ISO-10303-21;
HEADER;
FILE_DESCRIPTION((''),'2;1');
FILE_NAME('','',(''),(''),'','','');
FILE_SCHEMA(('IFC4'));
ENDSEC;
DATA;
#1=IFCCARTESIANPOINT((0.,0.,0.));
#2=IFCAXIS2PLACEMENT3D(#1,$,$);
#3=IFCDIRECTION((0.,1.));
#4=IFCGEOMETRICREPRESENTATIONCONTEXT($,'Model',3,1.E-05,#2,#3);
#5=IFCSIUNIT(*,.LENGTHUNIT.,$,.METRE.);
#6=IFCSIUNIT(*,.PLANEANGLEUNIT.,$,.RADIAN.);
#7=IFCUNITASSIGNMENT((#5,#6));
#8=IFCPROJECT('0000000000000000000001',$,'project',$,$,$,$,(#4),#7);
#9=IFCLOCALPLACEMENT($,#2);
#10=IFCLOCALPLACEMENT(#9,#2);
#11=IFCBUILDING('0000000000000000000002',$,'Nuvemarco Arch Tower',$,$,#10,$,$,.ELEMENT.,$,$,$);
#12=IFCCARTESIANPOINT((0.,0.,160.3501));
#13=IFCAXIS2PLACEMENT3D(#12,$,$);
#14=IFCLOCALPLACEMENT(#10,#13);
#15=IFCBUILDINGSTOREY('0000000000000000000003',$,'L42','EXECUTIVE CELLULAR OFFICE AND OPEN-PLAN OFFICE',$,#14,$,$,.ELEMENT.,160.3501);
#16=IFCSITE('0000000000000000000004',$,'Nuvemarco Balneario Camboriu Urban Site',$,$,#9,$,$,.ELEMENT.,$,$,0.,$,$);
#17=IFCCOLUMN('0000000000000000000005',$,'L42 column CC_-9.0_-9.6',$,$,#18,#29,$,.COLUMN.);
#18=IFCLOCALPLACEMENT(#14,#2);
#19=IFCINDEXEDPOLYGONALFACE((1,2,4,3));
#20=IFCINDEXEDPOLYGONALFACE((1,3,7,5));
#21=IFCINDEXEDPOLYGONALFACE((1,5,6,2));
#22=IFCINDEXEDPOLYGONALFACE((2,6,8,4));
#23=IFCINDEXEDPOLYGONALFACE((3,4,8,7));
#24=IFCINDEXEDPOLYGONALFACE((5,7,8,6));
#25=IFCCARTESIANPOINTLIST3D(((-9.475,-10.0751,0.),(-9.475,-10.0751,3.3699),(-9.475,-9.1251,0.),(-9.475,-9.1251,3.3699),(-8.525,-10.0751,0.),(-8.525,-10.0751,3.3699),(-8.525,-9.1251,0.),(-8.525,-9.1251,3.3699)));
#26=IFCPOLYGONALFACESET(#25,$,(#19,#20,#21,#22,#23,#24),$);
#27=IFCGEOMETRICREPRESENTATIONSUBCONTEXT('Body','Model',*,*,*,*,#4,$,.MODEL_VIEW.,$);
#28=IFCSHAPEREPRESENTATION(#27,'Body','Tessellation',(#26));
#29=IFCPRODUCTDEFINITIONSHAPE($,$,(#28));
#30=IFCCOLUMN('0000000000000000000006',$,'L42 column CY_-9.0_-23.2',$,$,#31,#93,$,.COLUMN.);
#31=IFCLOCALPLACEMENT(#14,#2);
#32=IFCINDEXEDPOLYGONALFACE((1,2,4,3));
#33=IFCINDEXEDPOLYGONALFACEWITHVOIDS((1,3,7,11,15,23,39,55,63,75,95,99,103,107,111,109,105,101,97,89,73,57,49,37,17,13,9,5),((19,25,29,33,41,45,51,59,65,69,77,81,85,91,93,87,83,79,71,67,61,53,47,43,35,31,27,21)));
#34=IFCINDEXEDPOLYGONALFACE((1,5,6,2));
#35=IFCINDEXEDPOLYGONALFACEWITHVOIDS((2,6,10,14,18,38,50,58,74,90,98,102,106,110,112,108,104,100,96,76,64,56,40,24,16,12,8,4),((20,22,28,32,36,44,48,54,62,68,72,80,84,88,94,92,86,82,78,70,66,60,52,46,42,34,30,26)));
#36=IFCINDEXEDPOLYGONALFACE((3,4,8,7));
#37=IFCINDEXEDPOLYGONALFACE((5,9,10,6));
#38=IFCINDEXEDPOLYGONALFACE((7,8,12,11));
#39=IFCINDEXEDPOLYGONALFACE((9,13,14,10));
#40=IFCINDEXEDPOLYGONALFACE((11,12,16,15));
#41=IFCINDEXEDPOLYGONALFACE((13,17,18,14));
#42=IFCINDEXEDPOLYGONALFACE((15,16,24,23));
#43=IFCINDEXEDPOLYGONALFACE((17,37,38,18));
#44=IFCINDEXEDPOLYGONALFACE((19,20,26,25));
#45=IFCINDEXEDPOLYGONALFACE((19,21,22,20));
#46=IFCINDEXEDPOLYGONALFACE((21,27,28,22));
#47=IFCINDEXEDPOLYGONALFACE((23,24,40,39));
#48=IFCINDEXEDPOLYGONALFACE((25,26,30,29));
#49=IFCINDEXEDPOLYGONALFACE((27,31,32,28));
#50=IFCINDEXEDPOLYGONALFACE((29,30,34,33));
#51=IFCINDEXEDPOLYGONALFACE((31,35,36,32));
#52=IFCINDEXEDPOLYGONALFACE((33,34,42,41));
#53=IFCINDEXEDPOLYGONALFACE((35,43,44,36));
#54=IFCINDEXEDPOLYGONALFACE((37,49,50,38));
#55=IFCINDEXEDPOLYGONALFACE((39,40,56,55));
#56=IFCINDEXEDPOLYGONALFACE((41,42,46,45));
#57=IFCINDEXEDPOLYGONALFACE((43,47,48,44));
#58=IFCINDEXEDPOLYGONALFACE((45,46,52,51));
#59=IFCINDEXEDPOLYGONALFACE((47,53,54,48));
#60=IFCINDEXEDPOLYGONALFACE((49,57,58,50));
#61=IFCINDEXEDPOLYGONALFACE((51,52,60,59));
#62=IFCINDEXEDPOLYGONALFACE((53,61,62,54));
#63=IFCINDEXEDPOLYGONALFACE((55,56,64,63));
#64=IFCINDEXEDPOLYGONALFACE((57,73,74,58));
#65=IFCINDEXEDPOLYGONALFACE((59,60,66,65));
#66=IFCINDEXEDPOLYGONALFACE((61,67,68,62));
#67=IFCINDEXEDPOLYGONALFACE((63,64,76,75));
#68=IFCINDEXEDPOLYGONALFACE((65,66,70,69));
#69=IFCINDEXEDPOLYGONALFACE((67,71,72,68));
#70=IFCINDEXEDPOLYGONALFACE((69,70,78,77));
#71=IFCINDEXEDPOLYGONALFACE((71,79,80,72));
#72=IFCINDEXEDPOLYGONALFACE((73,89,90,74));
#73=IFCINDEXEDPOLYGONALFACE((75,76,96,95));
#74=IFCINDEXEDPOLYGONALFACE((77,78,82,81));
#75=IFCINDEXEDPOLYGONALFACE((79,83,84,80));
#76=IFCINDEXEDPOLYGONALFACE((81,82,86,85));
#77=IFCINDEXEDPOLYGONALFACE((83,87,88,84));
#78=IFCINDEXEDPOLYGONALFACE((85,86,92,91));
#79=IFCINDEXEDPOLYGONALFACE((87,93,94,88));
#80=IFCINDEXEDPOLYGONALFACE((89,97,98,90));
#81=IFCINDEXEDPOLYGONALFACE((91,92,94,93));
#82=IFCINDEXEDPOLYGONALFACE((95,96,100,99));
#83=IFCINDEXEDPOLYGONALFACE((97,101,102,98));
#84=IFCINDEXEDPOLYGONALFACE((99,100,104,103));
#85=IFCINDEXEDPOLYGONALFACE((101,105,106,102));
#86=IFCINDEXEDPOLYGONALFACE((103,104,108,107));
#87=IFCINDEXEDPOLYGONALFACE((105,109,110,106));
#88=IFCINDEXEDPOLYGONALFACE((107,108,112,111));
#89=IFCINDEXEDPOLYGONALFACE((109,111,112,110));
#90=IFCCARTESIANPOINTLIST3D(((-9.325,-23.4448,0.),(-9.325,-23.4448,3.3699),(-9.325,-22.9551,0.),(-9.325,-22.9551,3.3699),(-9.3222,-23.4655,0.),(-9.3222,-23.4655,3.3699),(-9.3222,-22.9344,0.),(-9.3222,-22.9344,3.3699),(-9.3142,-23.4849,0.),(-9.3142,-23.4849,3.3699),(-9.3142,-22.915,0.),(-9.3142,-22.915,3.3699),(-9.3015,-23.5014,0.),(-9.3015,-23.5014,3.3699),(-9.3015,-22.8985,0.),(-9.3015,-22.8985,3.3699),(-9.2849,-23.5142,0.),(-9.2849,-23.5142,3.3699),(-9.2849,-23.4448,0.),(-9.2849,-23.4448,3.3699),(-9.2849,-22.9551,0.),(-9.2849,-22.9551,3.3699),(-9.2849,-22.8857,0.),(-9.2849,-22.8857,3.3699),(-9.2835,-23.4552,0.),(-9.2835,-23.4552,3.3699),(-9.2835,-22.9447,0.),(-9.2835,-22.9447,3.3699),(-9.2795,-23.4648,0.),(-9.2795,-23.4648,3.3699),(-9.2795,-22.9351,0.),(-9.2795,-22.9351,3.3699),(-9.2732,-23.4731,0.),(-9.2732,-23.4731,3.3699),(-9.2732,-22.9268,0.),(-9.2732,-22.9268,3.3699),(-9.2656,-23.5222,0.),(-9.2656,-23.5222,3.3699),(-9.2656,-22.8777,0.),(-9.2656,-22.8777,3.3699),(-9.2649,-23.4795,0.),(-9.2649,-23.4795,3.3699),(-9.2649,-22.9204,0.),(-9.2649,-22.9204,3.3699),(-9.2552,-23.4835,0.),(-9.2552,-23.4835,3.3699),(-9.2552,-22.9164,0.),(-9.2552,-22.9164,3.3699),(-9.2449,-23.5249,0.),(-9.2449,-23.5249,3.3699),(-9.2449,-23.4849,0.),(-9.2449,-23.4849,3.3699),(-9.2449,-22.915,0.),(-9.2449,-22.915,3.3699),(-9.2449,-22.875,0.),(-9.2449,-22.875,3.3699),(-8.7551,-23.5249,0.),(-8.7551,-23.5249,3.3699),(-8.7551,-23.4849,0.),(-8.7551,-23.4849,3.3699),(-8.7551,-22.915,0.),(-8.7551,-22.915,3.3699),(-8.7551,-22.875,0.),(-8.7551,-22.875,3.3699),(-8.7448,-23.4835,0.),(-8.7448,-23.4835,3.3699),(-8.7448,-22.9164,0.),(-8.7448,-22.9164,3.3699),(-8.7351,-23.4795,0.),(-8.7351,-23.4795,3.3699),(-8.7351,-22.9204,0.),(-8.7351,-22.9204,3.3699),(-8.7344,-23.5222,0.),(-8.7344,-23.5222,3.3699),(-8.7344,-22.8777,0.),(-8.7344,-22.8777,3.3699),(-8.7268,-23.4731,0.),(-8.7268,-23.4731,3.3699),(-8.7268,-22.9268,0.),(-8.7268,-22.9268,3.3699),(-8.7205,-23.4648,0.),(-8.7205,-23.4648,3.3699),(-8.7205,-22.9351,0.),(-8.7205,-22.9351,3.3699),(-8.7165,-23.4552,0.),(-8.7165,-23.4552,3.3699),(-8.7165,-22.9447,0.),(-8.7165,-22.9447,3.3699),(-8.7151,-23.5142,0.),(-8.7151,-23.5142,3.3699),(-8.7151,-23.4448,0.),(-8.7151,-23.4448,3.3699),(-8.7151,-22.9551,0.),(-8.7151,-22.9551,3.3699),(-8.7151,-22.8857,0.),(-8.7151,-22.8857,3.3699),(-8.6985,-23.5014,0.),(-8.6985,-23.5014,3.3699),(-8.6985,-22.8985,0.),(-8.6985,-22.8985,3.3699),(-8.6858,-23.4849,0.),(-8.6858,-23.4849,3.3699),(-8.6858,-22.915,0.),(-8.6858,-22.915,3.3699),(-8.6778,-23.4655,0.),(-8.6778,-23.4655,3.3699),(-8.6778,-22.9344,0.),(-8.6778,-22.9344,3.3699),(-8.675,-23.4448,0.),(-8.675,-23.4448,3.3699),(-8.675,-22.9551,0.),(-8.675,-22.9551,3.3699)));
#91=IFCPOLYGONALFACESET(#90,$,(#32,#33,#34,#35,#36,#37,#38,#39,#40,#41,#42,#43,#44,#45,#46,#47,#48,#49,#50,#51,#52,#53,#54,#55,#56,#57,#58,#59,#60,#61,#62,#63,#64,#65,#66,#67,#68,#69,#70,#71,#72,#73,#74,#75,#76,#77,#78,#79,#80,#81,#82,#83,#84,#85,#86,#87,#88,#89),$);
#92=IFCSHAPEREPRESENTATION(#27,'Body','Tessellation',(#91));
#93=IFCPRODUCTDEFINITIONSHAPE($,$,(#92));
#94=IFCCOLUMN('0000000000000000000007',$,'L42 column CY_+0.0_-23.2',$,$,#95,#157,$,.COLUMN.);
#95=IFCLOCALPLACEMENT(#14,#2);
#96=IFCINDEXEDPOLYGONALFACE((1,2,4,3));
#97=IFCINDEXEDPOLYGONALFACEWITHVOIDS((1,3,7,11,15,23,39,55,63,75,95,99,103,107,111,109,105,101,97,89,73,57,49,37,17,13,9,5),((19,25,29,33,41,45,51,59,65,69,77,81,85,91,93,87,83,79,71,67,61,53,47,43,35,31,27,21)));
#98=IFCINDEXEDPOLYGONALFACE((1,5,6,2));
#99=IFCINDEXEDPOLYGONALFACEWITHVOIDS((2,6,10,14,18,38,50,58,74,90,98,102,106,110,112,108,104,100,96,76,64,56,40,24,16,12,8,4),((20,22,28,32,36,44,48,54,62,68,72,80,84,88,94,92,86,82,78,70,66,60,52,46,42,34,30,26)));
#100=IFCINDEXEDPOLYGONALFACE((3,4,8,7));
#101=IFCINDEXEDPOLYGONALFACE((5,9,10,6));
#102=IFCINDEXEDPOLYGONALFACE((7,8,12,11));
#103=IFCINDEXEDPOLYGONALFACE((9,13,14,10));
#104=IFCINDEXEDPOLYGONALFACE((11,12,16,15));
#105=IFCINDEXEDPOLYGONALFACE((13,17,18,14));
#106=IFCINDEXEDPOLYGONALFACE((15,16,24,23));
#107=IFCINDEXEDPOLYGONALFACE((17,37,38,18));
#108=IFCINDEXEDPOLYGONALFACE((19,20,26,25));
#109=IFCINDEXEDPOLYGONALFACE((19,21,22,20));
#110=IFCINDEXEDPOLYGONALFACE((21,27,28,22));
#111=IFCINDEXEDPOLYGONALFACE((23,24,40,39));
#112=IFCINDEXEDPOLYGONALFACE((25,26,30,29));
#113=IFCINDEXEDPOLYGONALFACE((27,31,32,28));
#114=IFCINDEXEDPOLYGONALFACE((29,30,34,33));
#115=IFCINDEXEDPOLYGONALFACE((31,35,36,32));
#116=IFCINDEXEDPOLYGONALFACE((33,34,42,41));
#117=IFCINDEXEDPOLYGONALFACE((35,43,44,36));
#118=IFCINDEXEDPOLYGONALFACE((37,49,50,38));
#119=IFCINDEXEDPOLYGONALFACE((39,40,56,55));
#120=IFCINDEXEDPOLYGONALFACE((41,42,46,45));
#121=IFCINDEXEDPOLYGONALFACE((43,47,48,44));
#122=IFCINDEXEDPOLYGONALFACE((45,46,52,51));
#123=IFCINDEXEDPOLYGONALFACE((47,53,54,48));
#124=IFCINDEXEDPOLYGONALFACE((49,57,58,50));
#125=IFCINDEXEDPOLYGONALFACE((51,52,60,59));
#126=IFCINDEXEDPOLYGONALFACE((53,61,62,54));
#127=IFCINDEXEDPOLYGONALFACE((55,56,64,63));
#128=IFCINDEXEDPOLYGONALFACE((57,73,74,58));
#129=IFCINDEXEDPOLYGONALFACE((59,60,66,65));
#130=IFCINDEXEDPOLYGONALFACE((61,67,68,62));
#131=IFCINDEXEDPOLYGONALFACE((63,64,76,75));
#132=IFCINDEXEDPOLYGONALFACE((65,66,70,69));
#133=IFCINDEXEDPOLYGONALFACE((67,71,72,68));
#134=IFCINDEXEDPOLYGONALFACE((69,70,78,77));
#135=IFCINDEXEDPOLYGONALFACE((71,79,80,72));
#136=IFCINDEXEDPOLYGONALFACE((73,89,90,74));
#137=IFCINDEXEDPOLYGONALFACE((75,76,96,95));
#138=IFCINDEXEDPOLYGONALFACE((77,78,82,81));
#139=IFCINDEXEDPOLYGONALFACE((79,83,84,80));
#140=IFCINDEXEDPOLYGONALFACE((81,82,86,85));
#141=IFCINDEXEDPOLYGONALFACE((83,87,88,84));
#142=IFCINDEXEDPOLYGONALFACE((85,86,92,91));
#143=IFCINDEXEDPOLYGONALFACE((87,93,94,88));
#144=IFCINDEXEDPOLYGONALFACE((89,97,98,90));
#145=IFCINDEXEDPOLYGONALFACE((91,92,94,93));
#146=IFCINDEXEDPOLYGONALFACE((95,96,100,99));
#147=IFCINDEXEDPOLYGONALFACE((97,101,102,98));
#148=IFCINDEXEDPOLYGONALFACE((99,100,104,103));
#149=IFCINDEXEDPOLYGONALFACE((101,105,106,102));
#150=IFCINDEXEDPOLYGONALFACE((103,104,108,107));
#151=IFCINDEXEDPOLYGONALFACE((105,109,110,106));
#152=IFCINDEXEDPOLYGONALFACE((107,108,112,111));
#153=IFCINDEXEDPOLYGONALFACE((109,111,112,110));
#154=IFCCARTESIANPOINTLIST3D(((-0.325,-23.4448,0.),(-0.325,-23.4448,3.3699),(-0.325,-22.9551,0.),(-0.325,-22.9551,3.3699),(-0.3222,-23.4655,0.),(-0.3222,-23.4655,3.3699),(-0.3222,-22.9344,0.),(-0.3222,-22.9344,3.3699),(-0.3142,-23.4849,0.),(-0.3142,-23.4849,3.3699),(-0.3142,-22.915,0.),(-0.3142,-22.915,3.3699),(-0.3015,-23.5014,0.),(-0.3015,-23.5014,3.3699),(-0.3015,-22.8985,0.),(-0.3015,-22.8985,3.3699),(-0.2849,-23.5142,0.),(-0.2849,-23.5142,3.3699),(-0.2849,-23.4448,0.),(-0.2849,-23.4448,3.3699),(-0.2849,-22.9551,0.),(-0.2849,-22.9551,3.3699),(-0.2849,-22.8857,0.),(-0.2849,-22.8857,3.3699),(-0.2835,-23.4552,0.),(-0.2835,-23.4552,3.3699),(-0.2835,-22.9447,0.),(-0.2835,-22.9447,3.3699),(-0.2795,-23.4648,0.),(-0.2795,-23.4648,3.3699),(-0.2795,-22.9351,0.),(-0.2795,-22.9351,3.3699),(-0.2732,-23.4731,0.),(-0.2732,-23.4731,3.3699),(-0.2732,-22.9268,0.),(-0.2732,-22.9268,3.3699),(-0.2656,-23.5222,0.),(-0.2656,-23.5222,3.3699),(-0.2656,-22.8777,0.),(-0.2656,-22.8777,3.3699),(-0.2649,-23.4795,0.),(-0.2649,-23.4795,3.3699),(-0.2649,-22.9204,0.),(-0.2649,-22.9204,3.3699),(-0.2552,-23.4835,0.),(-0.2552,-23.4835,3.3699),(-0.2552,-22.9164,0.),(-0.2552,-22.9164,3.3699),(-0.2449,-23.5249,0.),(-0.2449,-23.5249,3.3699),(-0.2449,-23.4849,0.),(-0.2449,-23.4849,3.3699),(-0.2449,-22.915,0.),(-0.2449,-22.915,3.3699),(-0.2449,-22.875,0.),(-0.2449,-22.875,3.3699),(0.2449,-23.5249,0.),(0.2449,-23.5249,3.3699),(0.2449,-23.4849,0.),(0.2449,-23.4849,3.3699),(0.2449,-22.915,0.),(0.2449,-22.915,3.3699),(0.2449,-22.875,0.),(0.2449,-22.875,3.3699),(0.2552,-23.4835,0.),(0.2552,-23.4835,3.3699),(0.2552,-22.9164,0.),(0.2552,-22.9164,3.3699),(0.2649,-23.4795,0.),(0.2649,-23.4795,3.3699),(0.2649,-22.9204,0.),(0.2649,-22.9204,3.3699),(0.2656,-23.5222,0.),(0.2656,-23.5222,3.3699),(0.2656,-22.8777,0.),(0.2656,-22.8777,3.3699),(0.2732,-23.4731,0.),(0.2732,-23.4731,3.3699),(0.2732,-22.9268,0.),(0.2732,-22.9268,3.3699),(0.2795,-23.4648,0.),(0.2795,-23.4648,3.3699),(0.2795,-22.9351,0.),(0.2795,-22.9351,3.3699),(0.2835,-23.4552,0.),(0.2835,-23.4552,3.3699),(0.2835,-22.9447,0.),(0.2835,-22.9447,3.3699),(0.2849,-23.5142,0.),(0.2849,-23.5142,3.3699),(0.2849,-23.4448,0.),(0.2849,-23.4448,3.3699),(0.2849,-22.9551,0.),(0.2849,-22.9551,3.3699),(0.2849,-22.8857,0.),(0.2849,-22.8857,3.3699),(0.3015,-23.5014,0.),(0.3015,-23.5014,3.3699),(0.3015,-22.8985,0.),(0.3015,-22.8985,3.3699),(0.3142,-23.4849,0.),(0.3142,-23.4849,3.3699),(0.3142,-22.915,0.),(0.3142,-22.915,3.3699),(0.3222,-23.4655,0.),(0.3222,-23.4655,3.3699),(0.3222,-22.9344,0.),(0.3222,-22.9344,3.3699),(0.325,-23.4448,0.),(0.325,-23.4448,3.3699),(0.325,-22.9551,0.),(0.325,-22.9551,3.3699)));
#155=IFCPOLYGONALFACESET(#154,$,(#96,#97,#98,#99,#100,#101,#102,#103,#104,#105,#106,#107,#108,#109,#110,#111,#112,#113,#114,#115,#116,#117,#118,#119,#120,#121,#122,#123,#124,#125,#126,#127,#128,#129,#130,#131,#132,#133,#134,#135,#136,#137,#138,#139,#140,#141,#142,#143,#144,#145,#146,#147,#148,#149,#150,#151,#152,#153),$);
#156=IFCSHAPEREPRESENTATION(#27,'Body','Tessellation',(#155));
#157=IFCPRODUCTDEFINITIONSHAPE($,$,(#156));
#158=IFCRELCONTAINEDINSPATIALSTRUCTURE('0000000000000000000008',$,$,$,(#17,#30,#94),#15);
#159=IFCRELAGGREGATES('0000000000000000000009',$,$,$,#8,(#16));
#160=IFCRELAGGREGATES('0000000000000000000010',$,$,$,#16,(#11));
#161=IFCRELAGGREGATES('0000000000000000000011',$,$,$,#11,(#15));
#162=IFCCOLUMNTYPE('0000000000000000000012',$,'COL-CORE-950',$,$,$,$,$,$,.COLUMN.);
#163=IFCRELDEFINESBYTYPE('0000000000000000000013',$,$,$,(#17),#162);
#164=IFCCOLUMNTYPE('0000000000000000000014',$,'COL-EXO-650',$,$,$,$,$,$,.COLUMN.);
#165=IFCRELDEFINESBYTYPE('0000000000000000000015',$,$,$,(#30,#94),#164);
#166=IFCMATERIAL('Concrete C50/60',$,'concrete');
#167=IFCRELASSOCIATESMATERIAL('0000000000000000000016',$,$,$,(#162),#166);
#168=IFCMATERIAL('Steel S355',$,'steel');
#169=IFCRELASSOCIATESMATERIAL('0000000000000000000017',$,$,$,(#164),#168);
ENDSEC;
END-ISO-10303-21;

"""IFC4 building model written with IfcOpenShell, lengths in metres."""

from ifc_helpers import new_model, si_unit, direction, frame, origin, origin_2d, place, context, subcontext, project, spatial, rectangle, hollow_rectangle, extrude, material, material_profile, profile_set, type_object, element, save


model = new_model("IFC4")

# Units and contexts
model_context = context("Model", 3, precision=1e-05, world=origin(), true_north=direction((0.0, 1.0)))
body_context = subcontext(model_context, "Body", "Model", "MODEL_VIEW")
ifc_project = project(units=[si_unit("LENGTHUNIT", "METRE"), si_unit("PLANEANGLEUNIT", "RADIAN")], contexts=[model_context])

# Site, building, storey
site_placement = place(None, origin())
site = spatial("IfcSite", under=ifc_project, at=site_placement, Name="Nuvemarco Balneario Camboriu Urban Site", CompositionType="ELEMENT", RefElevation=0.0)
building_placement = place(site_placement, origin())
building = spatial("IfcBuilding", under=site, at=building_placement, Name="Nuvemarco Arch Tower", CompositionType="ELEMENT")
storey_placement = place(building_placement, frame((0.0, 0.0, 160.3501)))
storey = spatial("IfcBuildingStorey", under=building, at=storey_placement, Name="L42", Description="EXECUTIVE CELLULAR OFFICE AND OPEN-PLAN OFFICE", CompositionType="ELEMENT", Elevation=160.3501)

# Columns
ifc_material_1 = material(Name="Concrete C50/60", Category="concrete")
ifc_material_profile_1 = material_profile(ifc_material_1, rectangle(XDim=0.95, YDim=0.95, at=origin_2d()), Name="RC-COL-950x950")
ifc_profile_set_1 = profile_set([ifc_material_profile_1], Name="Concrete C50/60")
column_type_1 = type_object("IfcColumnType", Name="COL-CORE-950", PredefinedType="COLUMN", material=ifc_profile_set_1)
column_1_placement = place(storey_placement, frame((-9.0, -9.6001, 0.0), z_axis=(0.0, 0.0, 1.0), x_axis=(1.0, 0.0, 0.0)))
element("IfcColumn", 1, at=column_1_placement, inside=storey, type_object=column_type_1, Name="L42 column CC_-9.0_-9.6", PredefinedType="COLUMN", context=body_context, shape_type="SweptSolid", body=[
    extrude(rectangle(XDim=0.95, YDim=0.95, at=origin_2d()), origin(), (0.0, 0.0, 1.0), 3.3699),
])
ifc_material_2 = material(Name="Steel S355", Category="steel")
ifc_material_profile_2 = material_profile(ifc_material_2, hollow_rectangle(XDim=0.6499, YDim=0.6499, WallThickness=0.04, InnerFilletRadius=0.04, OuterFilletRadius=0.0801, at=origin_2d()), Name="SHS650x650x40")
ifc_profile_set_2 = profile_set([ifc_material_profile_2], Name="Steel S355")
column_type_2 = type_object("IfcColumnType", Name="COL-EXO-650", PredefinedType="COLUMN", material=ifc_profile_set_2)
for number, where, z_axis, x_axis, name in (
    (2, (-9.0, -23.2, 0.0), (0.0, 0.0, 1.0), (1.0, 0.0, 0.0), "L42 column CY_-9.0_-23.2"),
    (3, (0.0, -23.2, 0.0), (0.0, 0.0, 1.0), (1.0, 0.0, 0.0), "L42 column CY_+0.0_-23.2"),
):
    element("IfcColumn", number, at=place(storey_placement, frame(where, z_axis=z_axis, x_axis=x_axis)), inside=storey, type_object=column_type_2, Name=name, PredefinedType="COLUMN", context=body_context, shape_type="SweptSolid", body=[
        extrude(hollow_rectangle(XDim=0.6499, YDim=0.6499, WallThickness=0.04, InnerFilletRadius=0.04, OuterFilletRadius=0.0801, at=origin_2d()), origin(), (0.0, 0.0, 1.0), 3.3699),
    ])

save(model, "model.ifc")
